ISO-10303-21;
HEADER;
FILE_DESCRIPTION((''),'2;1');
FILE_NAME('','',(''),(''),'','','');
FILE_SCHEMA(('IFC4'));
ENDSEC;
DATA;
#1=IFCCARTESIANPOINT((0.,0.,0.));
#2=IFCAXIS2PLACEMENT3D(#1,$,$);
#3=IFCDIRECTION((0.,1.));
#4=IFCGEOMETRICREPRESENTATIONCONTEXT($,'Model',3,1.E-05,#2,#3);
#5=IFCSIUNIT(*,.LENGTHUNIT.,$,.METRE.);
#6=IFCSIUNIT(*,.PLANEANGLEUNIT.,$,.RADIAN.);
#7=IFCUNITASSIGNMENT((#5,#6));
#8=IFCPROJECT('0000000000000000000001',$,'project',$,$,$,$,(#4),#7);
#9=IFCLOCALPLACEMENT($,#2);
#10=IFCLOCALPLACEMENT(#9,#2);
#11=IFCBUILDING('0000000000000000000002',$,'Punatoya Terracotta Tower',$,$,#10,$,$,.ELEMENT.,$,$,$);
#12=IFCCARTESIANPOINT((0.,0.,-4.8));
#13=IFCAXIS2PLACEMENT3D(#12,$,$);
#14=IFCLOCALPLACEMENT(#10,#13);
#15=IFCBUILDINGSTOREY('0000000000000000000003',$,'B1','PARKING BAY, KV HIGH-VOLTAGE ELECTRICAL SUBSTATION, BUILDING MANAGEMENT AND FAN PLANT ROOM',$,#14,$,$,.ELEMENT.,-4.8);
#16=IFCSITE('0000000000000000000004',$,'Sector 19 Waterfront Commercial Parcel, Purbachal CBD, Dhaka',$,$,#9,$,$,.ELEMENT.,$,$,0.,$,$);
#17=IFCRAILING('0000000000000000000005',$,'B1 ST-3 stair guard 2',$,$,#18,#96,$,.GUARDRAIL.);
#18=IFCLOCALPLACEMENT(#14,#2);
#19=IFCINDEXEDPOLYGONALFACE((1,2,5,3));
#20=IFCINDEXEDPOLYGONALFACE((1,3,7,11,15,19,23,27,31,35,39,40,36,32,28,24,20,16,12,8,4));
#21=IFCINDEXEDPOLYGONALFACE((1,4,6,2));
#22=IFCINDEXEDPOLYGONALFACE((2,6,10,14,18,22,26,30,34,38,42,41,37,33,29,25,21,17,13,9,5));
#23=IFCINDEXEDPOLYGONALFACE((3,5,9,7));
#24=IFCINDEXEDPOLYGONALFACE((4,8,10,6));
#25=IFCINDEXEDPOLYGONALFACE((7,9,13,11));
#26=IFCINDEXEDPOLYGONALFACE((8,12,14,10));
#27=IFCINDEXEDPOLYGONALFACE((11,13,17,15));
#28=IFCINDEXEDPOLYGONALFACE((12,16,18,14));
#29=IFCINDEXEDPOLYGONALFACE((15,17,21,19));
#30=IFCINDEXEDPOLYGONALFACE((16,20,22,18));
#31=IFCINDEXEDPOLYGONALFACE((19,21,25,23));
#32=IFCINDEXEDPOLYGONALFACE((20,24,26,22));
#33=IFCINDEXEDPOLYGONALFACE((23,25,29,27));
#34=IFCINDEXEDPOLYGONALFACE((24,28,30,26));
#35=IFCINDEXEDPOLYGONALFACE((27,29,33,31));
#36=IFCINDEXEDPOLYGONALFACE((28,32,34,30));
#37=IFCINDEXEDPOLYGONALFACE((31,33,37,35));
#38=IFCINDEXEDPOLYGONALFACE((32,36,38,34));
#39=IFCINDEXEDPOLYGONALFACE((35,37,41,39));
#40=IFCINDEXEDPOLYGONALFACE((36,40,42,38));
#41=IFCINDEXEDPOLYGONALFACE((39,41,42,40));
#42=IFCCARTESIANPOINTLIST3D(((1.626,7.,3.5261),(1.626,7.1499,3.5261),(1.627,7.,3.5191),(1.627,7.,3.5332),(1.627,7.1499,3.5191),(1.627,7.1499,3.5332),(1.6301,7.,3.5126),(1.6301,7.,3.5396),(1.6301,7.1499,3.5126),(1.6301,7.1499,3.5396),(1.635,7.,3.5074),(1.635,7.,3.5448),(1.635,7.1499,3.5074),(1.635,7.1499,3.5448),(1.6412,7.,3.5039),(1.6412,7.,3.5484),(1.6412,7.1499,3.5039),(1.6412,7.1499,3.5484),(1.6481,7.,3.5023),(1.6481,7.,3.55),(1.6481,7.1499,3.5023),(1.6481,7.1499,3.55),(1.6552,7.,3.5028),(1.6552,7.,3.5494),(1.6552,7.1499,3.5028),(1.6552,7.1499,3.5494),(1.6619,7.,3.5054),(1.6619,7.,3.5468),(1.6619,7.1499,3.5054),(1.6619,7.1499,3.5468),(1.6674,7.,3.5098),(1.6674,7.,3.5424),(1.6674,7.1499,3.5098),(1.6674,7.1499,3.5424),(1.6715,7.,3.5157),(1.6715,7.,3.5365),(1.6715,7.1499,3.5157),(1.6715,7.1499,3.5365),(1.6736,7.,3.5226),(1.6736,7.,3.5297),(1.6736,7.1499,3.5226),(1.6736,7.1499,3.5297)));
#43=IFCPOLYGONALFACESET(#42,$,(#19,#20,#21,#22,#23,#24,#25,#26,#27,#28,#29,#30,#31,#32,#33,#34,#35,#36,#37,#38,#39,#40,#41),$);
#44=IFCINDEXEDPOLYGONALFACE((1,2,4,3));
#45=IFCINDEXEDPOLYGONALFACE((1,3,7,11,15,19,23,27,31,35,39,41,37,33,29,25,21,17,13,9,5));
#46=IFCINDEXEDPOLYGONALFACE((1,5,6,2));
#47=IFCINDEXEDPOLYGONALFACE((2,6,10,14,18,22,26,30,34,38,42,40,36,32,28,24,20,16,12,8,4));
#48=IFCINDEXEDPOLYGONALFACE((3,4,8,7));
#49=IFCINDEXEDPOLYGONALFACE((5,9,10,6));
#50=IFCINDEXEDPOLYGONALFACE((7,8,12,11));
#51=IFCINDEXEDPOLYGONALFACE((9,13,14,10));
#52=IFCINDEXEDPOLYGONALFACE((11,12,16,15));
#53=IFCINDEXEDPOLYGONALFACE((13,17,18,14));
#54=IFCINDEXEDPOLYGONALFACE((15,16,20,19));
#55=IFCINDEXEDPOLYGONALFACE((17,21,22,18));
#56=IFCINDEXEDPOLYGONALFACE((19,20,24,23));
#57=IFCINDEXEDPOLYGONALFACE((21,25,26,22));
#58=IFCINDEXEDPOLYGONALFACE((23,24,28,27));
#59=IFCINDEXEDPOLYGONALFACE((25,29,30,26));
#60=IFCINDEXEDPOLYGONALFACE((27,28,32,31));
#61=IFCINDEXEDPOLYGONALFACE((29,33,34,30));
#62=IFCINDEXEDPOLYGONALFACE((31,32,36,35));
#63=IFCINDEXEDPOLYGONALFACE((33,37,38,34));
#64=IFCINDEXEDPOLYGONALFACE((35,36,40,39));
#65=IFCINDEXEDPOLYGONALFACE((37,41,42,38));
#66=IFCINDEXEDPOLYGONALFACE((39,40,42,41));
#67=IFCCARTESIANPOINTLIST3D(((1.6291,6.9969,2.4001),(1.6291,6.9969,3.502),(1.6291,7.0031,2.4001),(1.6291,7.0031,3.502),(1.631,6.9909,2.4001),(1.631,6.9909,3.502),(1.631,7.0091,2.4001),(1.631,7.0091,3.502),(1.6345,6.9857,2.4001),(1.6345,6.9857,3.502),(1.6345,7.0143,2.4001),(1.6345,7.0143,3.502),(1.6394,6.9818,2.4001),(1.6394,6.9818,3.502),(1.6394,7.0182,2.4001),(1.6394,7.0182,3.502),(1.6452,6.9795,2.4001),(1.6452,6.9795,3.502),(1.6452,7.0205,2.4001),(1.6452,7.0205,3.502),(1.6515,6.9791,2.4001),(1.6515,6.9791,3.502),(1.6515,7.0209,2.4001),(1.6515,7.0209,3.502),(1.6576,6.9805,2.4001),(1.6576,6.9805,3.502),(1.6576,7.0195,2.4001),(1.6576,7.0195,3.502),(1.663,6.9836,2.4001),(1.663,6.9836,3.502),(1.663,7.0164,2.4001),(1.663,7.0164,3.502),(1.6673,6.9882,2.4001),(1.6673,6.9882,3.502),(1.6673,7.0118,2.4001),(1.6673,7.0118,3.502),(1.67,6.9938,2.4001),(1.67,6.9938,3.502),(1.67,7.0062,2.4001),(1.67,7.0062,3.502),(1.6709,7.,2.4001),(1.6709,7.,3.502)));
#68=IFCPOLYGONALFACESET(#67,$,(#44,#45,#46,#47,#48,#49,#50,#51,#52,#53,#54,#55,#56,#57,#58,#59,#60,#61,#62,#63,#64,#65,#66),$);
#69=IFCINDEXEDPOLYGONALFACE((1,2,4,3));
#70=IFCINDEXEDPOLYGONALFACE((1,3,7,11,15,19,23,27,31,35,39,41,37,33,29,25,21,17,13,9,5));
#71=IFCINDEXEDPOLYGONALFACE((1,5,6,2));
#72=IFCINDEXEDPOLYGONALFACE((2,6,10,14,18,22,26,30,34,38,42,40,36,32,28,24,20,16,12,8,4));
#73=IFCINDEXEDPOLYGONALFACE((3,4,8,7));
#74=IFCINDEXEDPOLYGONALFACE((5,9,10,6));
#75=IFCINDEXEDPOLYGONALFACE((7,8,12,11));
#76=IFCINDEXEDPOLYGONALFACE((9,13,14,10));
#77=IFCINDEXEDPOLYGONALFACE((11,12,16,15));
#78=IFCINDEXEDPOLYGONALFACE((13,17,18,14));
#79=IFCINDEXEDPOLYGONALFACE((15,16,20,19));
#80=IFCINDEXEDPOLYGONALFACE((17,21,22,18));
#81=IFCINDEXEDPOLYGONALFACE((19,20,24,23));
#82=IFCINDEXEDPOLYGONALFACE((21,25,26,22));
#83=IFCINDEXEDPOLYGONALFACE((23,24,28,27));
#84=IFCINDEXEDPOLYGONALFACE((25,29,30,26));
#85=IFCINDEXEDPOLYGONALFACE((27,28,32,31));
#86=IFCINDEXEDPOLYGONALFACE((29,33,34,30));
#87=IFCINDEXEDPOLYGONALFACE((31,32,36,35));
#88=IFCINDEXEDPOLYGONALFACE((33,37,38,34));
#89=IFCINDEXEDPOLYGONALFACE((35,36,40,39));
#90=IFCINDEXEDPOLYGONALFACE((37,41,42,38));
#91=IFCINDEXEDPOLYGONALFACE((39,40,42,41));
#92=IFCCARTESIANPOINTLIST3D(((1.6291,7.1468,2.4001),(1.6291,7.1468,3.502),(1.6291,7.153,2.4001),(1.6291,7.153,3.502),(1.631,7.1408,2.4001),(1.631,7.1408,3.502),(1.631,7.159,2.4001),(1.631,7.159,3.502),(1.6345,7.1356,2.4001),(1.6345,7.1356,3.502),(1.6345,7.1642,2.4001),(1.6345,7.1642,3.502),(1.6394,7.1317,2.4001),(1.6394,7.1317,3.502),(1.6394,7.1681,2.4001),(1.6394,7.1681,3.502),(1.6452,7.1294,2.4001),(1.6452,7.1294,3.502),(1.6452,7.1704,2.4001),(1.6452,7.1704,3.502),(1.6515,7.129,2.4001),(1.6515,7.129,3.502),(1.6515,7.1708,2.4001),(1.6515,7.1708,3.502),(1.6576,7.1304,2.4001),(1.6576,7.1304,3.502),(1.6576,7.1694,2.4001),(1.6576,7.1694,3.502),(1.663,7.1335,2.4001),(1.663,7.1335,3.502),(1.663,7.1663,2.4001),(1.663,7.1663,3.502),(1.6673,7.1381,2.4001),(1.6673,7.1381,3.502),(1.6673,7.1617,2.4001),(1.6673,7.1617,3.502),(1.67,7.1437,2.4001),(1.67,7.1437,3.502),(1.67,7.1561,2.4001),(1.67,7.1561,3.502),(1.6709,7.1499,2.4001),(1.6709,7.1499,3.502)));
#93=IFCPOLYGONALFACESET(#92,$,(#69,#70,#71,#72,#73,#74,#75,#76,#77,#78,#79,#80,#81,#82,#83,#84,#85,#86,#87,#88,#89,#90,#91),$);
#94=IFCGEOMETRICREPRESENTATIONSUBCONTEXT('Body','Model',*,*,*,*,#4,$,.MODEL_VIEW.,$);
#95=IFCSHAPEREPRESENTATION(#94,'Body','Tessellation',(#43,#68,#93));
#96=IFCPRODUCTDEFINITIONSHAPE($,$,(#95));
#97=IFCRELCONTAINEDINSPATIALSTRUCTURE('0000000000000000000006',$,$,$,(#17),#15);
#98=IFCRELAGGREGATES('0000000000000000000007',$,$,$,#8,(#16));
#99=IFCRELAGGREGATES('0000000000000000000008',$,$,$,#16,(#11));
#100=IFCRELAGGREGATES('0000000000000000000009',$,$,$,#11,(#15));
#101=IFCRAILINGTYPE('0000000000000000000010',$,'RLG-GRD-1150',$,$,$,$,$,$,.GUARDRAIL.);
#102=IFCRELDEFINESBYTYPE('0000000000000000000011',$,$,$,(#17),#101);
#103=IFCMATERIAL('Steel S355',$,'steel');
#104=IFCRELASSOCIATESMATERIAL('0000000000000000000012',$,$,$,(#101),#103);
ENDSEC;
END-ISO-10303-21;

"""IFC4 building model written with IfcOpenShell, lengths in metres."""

from ifc_helpers import new_model, si_unit, direction, frame, origin, origin_2d, place, context, subcontext, project, spatial, circle, extrude, material, type_object, element, save


model = new_model("IFC4")

# Units and contexts
model_context = context("Model", 3, precision=1e-05, world=origin(), true_north=direction((0.0, 1.0)))
body_context = subcontext(model_context, "Body", "Model", "MODEL_VIEW")
ifc_project = project(units=[si_unit("LENGTHUNIT", "METRE"), si_unit("PLANEANGLEUNIT", "RADIAN")], contexts=[model_context])

# Site, building, storey
site_placement = place(None, origin())
site = spatial("IfcSite", under=ifc_project, at=site_placement, Name="Sector 19 Waterfront Commercial Parcel, Purbachal CBD, Dhaka", CompositionType="ELEMENT", RefElevation=0.0)
building_placement = place(site_placement, origin())
building = spatial("IfcBuilding", under=site, at=building_placement, Name="Punatoya Terracotta Tower", CompositionType="ELEMENT")
storey_placement = place(building_placement, frame((0.0, 0.0, -4.8)))
storey = spatial("IfcBuildingStorey", under=building, at=storey_placement, Name="B1", Description="PARKING BAY, KV HIGH-VOLTAGE ELECTRICAL SUBSTATION, BUILDING MANAGEMENT AND FAN PLANT ROOM", CompositionType="ELEMENT", Elevation=-4.8)

# Shared definitions
ifc_material_1 = material(Name="Steel S355", Category="steel")

# Railing
railing_type_1 = type_object("IfcRailingType", Name="RLG-GRD-1150", PredefinedType="GUARDRAIL", material=ifc_material_1)
railing_1_placement = place(storey_placement, frame((1.6499, 7.0, 2.4001)))
element("IfcRailing", 1, at=railing_1_placement, inside=storey, type_object=railing_type_1, Name="B1 ST-3 stair guard 2", PredefinedType="GUARDRAIL", context=body_context, shape_type="SweptSolid", body=[
    extrude(circle(Radius=0.0239, at=origin_2d()), frame((0.0, 0.0, 1.126), z_axis=(0.0, 1.0, 0.0), x_axis=(-1.0, 0.0, 0.0)), (0.0, 0.0, 1.0), 0.1499),
    extrude(circle(Radius=0.021, at=origin_2d()), origin(), (0.0, 0.0, 1.0), 1.1018),
    extrude(circle(Radius=0.021, at=origin_2d()), frame((0.0, 0.1499, 0.0)), (0.0, 0.0, 1.0), 1.1018),
])

save(model, "model.ifc")
